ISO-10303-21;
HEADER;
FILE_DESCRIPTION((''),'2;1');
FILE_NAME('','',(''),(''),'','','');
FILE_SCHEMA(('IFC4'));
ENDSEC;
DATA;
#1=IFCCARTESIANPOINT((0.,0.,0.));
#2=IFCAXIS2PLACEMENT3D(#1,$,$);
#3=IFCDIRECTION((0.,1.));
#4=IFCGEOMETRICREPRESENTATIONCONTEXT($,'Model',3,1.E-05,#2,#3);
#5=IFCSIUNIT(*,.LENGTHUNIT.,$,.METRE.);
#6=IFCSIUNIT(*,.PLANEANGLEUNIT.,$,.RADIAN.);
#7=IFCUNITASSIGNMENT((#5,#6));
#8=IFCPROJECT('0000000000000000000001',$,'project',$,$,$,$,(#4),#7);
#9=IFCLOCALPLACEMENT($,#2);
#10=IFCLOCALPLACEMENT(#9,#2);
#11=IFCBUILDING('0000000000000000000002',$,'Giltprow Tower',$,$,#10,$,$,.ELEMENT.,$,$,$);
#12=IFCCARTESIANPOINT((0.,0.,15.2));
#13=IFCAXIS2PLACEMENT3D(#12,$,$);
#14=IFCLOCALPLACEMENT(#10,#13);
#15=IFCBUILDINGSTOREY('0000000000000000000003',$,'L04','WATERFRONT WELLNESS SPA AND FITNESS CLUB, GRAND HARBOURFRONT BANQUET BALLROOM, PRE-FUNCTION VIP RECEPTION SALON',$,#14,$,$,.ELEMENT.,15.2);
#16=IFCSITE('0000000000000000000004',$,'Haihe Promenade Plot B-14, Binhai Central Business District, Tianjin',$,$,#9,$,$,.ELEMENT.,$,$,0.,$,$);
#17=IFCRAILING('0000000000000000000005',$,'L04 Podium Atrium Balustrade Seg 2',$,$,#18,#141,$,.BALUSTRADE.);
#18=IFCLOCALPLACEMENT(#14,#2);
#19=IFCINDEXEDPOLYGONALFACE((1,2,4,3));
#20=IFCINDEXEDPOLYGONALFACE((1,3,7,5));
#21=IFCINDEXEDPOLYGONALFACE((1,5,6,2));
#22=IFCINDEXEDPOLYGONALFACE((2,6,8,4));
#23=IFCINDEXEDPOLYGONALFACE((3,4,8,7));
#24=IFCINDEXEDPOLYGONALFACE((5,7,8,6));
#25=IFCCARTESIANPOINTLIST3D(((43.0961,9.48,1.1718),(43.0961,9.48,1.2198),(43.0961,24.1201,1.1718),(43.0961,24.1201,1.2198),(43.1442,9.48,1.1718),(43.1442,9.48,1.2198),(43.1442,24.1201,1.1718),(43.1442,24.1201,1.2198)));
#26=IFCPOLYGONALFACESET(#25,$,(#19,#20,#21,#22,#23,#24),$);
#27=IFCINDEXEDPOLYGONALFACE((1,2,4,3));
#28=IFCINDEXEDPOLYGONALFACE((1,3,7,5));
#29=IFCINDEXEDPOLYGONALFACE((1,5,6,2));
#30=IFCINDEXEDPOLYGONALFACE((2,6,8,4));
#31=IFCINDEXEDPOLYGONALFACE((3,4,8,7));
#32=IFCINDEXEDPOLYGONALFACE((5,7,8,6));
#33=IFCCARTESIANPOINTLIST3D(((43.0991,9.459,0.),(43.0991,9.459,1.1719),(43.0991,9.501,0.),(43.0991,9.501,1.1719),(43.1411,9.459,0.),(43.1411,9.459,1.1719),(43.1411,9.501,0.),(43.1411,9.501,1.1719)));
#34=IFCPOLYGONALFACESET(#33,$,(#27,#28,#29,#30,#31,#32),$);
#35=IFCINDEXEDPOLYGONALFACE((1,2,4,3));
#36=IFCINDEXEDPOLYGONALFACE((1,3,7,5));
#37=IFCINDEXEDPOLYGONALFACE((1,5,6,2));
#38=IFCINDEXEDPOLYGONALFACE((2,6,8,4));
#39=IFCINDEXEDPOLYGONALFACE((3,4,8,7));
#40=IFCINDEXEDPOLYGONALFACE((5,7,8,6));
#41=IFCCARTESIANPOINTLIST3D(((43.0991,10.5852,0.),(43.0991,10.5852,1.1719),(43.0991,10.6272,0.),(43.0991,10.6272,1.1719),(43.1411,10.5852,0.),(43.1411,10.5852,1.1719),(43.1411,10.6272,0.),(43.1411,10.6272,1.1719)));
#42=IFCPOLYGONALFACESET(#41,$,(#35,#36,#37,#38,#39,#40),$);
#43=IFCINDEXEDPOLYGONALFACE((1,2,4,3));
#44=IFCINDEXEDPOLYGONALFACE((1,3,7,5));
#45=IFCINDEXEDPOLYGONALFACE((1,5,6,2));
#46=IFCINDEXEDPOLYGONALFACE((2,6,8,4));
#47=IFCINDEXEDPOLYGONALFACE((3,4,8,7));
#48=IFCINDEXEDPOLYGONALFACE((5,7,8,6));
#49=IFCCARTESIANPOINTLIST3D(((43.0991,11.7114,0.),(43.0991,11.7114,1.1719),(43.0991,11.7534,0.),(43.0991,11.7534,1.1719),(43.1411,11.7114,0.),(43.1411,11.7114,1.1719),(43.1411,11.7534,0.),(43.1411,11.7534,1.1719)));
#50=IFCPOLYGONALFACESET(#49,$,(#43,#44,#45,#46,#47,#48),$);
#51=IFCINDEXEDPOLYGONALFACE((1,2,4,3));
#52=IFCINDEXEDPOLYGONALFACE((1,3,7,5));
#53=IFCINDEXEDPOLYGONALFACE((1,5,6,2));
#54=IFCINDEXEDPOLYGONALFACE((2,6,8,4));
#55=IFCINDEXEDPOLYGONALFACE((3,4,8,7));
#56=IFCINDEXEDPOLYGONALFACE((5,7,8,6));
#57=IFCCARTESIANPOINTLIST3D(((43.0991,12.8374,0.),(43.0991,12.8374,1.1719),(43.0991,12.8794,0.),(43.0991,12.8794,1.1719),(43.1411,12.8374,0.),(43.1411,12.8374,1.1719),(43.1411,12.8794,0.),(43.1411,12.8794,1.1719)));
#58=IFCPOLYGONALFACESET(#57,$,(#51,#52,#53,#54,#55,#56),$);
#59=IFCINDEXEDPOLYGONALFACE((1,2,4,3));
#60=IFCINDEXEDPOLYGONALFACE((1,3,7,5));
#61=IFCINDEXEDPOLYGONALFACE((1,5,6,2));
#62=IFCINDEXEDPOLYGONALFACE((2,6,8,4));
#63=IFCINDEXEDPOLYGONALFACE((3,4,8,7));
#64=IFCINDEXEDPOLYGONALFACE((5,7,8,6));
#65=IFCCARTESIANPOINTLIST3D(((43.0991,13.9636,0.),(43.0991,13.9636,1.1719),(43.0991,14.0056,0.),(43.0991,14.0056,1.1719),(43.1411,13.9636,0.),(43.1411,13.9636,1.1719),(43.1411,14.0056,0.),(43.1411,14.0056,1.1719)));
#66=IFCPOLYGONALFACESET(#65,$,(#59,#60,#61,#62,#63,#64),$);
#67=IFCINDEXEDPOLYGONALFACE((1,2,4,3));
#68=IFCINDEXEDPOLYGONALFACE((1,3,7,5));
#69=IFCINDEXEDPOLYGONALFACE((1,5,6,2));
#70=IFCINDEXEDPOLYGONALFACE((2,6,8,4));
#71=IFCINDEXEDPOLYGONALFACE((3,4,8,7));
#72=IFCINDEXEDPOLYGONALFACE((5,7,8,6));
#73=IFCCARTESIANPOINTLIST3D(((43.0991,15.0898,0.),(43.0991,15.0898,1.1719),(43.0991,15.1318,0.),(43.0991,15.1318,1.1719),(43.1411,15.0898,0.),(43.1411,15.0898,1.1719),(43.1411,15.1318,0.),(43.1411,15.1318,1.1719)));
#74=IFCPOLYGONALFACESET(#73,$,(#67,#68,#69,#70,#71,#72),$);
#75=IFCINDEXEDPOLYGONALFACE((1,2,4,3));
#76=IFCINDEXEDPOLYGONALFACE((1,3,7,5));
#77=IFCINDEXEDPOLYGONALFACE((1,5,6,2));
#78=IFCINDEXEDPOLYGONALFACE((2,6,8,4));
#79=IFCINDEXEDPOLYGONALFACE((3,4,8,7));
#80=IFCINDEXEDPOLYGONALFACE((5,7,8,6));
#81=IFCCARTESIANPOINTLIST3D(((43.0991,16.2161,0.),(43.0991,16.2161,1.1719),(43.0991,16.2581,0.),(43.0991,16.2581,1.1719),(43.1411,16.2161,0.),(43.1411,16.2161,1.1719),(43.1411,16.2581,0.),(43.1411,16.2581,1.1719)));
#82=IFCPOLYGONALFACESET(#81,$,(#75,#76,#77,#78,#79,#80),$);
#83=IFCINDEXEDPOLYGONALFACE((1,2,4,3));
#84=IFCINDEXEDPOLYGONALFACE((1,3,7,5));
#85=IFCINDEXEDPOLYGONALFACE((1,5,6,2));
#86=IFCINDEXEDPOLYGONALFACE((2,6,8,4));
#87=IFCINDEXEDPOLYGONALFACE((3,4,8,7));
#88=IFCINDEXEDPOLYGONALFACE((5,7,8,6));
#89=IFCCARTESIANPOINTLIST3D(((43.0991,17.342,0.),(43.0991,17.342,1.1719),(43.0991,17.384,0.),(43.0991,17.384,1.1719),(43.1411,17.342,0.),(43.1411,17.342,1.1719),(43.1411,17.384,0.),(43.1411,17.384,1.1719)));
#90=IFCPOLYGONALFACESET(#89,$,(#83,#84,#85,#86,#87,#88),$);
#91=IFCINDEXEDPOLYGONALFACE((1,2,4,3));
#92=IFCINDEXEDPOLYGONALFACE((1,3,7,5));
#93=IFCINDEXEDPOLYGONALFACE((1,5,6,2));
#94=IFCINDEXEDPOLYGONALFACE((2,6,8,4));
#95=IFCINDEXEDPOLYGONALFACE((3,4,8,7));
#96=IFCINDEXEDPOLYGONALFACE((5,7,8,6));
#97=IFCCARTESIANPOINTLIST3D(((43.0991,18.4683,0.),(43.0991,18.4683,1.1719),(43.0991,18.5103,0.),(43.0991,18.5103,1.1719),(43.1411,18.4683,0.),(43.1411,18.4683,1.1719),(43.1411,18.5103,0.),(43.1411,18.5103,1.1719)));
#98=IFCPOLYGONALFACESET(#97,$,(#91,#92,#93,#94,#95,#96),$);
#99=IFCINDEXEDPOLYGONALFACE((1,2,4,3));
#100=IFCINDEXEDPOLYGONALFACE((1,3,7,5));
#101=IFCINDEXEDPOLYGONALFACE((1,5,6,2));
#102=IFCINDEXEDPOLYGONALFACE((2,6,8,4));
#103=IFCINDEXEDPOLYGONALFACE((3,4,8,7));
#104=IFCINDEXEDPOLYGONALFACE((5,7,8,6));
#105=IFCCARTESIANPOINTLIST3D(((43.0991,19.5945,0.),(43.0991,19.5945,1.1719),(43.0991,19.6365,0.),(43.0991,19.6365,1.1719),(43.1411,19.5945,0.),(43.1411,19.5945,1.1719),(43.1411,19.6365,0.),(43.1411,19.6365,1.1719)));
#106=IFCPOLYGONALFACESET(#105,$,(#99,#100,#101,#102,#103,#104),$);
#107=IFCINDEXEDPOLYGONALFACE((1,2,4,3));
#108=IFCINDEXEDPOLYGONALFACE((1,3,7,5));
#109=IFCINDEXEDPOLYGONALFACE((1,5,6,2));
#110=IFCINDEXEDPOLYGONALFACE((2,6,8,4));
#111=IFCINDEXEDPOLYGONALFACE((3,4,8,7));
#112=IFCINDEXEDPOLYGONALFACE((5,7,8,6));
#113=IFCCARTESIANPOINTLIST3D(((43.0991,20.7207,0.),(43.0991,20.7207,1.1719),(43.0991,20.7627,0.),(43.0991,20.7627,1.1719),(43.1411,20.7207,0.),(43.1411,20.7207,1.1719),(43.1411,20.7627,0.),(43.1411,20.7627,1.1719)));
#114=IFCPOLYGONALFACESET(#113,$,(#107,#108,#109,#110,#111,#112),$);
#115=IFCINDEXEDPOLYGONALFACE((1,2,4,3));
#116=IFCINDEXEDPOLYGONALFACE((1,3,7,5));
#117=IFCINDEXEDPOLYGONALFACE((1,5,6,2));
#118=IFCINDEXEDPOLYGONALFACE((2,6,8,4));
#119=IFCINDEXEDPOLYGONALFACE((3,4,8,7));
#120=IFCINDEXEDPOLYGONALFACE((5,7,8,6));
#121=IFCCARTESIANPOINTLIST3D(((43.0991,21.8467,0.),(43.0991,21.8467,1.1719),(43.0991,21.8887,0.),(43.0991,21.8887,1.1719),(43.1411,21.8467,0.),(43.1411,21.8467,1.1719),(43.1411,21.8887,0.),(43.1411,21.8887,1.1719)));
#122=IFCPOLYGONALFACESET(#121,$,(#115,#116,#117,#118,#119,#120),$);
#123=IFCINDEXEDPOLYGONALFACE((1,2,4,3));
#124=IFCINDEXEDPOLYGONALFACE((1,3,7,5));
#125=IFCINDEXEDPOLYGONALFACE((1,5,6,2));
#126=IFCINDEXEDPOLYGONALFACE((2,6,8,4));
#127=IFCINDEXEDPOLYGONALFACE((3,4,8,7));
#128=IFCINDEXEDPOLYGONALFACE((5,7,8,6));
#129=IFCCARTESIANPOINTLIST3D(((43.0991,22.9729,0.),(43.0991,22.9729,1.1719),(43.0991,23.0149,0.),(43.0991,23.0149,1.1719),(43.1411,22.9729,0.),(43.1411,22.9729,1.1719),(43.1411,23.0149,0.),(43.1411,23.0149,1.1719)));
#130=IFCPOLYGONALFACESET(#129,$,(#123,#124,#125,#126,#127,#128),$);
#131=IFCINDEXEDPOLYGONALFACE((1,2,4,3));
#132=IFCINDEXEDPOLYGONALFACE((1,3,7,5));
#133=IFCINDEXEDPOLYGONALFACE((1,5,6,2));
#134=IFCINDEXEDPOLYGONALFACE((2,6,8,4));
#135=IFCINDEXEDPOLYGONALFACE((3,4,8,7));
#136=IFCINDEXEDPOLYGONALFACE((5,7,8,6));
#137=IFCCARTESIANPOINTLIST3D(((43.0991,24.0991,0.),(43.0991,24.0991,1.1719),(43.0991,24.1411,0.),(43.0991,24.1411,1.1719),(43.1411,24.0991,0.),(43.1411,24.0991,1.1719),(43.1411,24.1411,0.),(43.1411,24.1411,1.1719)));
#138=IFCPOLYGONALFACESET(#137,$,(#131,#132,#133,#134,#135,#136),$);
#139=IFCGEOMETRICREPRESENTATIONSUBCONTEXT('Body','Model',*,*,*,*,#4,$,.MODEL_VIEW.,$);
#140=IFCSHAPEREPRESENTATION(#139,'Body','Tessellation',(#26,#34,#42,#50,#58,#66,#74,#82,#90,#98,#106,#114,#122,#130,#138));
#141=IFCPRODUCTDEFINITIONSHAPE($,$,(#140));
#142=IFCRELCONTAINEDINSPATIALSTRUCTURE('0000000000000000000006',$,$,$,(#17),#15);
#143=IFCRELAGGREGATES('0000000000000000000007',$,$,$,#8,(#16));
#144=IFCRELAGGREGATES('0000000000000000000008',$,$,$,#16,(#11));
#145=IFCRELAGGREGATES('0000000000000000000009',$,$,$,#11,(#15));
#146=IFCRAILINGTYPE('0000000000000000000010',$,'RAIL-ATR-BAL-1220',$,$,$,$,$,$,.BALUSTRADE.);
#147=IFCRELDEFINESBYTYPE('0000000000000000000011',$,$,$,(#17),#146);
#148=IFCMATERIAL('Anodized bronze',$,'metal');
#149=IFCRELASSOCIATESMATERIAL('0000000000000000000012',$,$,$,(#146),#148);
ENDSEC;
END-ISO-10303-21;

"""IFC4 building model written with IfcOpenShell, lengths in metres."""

from ifc_helpers import new_model, si_unit, direction, frame, origin, origin_2d, place, context, subcontext, project, spatial, rectangle, extrude, material, type_object, element, save


model = new_model("IFC4")

# Units and contexts
model_context = context("Model", 3, precision=1e-05, world=origin(), true_north=direction((0.0, 1.0)))
body_context = subcontext(model_context, "Body", "Model", "MODEL_VIEW")
ifc_project = project(units=[si_unit("LENGTHUNIT", "METRE"), si_unit("PLANEANGLEUNIT", "RADIAN")], contexts=[model_context])

# Site, building, storey
site_placement = place(None, origin())
site = spatial("IfcSite", under=ifc_project, at=site_placement, Name="Haihe Promenade Plot B-14, Binhai Central Business District, Tianjin", CompositionType="ELEMENT", RefElevation=0.0)
building_placement = place(site_placement, origin())
building = spatial("IfcBuilding", under=site, at=building_placement, Name="Giltprow Tower", CompositionType="ELEMENT")
storey_placement = place(building_placement, frame((0.0, 0.0, 15.2)))
storey = spatial("IfcBuildingStorey", under=building, at=storey_placement, Name="L04", Description="WATERFRONT WELLNESS SPA AND FITNESS CLUB, GRAND HARBOURFRONT BANQUET BALLROOM, PRE-FUNCTION VIP RECEPTION SALON", CompositionType="ELEMENT", Elevation=15.2)

# Railing
ifc_material_1 = material(Name="Anodized bronze", Category="metal")
railing_type = type_object("IfcRailingType", Name="RAIL-ATR-BAL-1220", PredefinedType="BALUSTRADE", material=ifc_material_1)
railing_1_placement = place(storey_placement, frame((43.1201, 9.48, 0.0)))
element("IfcRailing", 1, at=railing_1_placement, inside=storey, type_object=railing_type, Name="L04 Podium Atrium Balustrade Seg 2", PredefinedType="BALUSTRADE", context=body_context, shape_type="SweptSolid", body=[
    extrude(rectangle(XDim=0.0481, YDim=0.0481, at=origin_2d()), frame((0.0, 0.0, 1.1958), z_axis=(0.0, 1.0, 0.0), x_axis=(-1.0, 0.0, 0.0)), (0.0, 0.0, 1.0), 14.6401),
    extrude(rectangle(XDim=0.042, YDim=0.042, at=origin_2d()), origin(), (0.0, 0.0, 1.0), 1.1719),
    extrude(rectangle(XDim=0.042, YDim=0.042, at=origin_2d()), frame((0.0, 1.1262, 0.0)), (0.0, 0.0, 1.0), 1.1719),
    extrude(rectangle(XDim=0.042, YDim=0.042, at=origin_2d()), frame((0.0, 2.2524, 0.0)), (0.0, 0.0, 1.0), 1.1719),
    extrude(rectangle(XDim=0.042, YDim=0.042, at=origin_2d()), frame((0.0, 3.3784, 0.0)), (0.0, 0.0, 1.0), 1.1719),
    extrude(rectangle(XDim=0.042, YDim=0.042, at=origin_2d()), frame((0.0, 4.5046, 0.0)), (0.0, 0.0, 1.0), 1.1719),
    extrude(rectangle(XDim=0.042, YDim=0.042, at=origin_2d()), frame((0.0, 5.6309, 0.0)), (0.0, 0.0, 1.0), 1.1719),
    extrude(rectangle(XDim=0.042, YDim=0.042, at=origin_2d()), frame((0.0, 6.7571, 0.0)), (0.0, 0.0, 1.0), 1.1719),
    extrude(rectangle(XDim=0.042, YDim=0.042, at=origin_2d()), frame((0.0, 7.8831, 0.0)), (0.0, 0.0, 1.0), 1.1719),
    extrude(rectangle(XDim=0.042, YDim=0.042, at=origin_2d()), frame((0.0, 9.0093, 0.0)), (0.0, 0.0, 1.0), 1.1719),
    extrude(rectangle(XDim=0.042, YDim=0.042, at=origin_2d()), frame((0.0, 10.1355, 0.0)), (0.0, 0.0, 1.0), 1.1719),
    extrude(rectangle(XDim=0.042, YDim=0.042, at=origin_2d()), frame((0.0, 11.2617, 0.0)), (0.0, 0.0, 1.0), 1.1719),
    extrude(rectangle(XDim=0.042, YDim=0.042, at=origin_2d()), frame((0.0, 12.3877, 0.0)), (0.0, 0.0, 1.0), 1.1719),
    extrude(rectangle(XDim=0.042, YDim=0.042, at=origin_2d()), frame((0.0, 13.5139, 0.0)), (0.0, 0.0, 1.0), 1.1719),
    extrude(rectangle(XDim=0.042, YDim=0.042, at=origin_2d()), frame((0.0, 14.6401, 0.0)), (0.0, 0.0, 1.0), 1.1719),
])

save(model, "model.ifc")
